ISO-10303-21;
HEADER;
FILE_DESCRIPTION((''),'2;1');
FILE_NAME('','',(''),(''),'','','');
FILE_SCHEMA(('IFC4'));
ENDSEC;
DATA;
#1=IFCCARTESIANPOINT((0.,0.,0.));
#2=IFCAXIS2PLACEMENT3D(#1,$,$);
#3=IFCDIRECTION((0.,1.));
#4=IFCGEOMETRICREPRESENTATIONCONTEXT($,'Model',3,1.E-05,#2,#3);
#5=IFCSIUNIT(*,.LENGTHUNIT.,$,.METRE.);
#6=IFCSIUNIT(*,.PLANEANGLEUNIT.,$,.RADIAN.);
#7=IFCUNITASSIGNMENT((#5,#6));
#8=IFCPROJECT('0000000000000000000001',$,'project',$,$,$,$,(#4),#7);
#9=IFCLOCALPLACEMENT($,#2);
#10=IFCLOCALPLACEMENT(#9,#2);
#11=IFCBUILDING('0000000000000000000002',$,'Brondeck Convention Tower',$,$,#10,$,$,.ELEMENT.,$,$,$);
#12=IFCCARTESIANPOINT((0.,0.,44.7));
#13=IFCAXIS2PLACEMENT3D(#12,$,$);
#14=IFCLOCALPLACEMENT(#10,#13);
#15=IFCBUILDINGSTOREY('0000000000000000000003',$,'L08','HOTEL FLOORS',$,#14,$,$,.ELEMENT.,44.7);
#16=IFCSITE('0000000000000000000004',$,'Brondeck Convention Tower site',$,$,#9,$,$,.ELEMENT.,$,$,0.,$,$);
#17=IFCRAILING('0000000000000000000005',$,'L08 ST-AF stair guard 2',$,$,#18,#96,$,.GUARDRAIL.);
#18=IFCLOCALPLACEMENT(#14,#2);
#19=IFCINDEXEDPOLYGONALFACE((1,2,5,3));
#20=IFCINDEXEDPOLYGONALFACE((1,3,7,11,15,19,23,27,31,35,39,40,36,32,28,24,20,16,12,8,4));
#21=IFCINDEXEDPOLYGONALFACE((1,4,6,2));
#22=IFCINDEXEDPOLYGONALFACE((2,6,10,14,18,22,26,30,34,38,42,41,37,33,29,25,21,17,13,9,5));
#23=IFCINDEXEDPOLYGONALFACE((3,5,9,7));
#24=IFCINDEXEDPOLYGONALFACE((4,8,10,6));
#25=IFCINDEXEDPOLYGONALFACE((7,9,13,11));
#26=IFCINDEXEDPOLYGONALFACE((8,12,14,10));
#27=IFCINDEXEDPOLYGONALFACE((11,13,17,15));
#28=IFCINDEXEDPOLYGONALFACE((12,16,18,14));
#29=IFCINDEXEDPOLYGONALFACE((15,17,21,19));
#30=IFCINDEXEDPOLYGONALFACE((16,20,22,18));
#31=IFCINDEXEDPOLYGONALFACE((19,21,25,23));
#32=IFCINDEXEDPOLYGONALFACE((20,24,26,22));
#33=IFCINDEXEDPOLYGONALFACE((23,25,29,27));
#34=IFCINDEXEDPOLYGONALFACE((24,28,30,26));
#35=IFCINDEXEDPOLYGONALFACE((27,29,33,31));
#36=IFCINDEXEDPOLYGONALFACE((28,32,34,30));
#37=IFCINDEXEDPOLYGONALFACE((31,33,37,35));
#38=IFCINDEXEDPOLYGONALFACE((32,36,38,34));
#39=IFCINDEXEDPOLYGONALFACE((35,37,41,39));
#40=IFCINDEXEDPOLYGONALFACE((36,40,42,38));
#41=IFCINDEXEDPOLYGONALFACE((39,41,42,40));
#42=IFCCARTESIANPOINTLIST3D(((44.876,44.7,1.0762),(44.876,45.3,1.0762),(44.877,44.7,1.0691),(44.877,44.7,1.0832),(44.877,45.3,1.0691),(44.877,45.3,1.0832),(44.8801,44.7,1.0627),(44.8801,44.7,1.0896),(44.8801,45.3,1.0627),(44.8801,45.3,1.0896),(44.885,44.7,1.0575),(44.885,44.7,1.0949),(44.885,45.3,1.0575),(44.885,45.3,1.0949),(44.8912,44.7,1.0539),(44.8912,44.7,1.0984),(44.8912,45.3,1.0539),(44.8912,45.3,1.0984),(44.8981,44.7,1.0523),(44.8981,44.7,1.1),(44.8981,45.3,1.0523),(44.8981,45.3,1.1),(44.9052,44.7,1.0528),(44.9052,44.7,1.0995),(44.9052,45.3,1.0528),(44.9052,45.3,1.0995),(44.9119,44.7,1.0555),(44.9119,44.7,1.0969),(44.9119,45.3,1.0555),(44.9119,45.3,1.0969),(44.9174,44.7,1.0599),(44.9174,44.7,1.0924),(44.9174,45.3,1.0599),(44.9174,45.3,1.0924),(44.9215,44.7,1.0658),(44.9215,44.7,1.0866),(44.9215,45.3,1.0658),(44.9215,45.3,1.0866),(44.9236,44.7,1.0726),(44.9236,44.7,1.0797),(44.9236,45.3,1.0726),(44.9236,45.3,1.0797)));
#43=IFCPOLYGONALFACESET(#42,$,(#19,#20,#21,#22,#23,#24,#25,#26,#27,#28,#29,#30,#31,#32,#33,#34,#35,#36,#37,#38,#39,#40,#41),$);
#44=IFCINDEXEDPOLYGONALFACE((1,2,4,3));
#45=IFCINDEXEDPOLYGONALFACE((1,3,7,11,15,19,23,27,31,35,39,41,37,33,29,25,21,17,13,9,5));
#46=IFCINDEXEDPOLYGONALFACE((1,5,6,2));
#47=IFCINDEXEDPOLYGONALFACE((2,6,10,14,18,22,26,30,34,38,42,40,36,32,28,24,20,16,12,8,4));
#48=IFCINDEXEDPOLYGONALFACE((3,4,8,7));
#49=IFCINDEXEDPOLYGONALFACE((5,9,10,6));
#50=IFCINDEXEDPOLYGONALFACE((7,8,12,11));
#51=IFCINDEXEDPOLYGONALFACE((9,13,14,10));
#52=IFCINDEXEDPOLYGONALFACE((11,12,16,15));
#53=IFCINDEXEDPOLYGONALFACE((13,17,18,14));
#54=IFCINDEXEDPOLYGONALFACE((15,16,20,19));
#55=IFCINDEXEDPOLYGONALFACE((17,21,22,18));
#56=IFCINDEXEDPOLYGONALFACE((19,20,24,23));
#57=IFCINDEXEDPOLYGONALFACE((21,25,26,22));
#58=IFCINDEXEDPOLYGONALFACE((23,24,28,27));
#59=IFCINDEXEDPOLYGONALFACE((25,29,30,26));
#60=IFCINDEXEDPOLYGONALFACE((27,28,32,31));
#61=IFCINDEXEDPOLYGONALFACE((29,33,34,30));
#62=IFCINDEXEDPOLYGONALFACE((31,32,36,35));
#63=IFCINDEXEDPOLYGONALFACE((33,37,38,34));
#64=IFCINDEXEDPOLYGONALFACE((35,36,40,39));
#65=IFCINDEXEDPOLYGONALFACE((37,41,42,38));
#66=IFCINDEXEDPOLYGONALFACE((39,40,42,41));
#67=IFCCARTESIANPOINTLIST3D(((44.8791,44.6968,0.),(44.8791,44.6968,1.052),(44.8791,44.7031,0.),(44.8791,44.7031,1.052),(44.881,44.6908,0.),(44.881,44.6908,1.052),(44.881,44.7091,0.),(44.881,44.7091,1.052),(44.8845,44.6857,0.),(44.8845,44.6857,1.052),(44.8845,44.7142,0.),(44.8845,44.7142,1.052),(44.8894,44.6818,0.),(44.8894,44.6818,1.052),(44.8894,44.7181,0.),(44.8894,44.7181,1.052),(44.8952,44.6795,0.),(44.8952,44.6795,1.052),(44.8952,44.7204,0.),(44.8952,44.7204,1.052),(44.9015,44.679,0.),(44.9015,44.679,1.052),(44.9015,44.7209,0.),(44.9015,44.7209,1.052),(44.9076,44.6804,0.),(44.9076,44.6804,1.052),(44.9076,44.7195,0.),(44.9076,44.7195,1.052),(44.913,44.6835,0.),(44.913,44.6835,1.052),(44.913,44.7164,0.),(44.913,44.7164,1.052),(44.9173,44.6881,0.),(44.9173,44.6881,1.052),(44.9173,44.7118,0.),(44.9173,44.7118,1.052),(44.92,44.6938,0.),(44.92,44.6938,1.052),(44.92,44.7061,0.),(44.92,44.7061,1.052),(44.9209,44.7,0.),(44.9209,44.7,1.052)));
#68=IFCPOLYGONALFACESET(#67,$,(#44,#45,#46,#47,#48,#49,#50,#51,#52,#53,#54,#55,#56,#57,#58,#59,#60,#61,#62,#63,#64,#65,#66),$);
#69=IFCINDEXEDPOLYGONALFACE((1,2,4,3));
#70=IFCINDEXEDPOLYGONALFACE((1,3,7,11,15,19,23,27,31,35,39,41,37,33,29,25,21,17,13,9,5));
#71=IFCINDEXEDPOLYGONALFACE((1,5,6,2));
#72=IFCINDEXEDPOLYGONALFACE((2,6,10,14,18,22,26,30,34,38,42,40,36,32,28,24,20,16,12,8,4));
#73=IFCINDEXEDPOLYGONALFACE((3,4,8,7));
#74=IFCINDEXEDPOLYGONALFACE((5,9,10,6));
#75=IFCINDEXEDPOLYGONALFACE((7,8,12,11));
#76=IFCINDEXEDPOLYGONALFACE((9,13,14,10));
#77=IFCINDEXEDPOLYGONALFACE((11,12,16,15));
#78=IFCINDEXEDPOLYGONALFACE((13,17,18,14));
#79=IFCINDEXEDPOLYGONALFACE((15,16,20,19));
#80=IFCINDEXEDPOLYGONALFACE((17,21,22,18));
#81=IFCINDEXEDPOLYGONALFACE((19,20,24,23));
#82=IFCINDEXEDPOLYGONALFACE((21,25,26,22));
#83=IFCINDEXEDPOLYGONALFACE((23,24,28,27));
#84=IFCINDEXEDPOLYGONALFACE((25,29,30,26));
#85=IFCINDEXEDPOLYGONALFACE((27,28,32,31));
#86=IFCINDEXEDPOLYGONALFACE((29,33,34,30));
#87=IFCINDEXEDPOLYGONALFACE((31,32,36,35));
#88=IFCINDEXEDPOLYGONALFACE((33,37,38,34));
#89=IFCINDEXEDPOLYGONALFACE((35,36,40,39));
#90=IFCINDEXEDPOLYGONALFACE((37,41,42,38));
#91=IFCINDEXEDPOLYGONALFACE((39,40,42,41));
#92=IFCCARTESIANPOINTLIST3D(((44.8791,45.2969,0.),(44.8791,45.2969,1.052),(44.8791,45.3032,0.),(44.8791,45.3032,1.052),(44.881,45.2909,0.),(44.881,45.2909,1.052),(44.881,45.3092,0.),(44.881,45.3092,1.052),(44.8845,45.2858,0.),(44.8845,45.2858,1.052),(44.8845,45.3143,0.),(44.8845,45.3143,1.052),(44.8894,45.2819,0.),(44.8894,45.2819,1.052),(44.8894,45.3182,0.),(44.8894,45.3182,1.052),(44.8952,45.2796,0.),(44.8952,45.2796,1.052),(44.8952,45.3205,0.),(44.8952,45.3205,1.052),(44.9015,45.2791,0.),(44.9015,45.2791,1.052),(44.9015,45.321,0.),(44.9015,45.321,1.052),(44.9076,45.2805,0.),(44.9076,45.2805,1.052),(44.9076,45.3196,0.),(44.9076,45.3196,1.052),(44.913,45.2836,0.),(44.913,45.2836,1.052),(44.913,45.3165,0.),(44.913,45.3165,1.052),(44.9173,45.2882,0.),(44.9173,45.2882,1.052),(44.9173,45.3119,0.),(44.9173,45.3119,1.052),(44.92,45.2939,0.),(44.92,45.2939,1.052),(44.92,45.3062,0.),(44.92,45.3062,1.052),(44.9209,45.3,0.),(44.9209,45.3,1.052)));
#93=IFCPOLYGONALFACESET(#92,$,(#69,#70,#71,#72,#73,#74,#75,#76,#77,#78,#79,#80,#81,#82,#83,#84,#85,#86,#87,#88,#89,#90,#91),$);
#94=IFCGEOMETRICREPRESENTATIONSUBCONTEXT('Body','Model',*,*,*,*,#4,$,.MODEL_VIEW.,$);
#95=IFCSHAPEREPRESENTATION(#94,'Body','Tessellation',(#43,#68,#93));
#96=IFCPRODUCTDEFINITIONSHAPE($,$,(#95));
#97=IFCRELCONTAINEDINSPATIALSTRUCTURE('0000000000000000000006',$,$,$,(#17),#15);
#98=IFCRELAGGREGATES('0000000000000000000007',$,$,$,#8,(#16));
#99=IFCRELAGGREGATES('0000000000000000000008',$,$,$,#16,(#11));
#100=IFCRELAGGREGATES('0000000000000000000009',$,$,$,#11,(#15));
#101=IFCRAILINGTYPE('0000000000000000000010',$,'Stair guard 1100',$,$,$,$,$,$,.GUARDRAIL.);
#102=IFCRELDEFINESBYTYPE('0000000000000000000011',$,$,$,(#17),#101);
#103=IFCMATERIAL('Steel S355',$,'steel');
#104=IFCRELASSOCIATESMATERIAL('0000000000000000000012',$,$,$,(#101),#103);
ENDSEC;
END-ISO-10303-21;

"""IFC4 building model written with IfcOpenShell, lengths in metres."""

from ifc_helpers import new_model, si_unit, direction, frame, origin, origin_2d, place, context, subcontext, project, spatial, circle, extrude, material, type_object, element, save


model = new_model("IFC4")

# Units and contexts
model_context = context("Model", 3, precision=1e-05, world=origin(), true_north=direction((0.0, 1.0)))
body_context = subcontext(model_context, "Body", "Model", "MODEL_VIEW")
ifc_project = project(units=[si_unit("LENGTHUNIT", "METRE"), si_unit("PLANEANGLEUNIT", "RADIAN")], contexts=[model_context])

# Site, building, storey
site_placement = place(None, origin())
site = spatial("IfcSite", under=ifc_project, at=site_placement, Name="Brondeck Convention Tower site", CompositionType="ELEMENT", RefElevation=0.0)
building_placement = place(site_placement, origin())
building = spatial("IfcBuilding", under=site, at=building_placement, Name="Brondeck Convention Tower", CompositionType="ELEMENT")
storey_placement = place(building_placement, frame((0.0, 0.0, 44.7)))
storey = spatial("IfcBuildingStorey", under=building, at=storey_placement, Name="L08", Description="HOTEL FLOORS", CompositionType="ELEMENT", Elevation=44.7)

# Shared definitions
ifc_material_1 = material(Name="Steel S355", Category="steel")

# Railing
railing_type_1 = type_object("IfcRailingType", Name="Stair guard 1100", PredefinedType="GUARDRAIL", material=ifc_material_1)
railing_1_placement = place(storey_placement, frame((44.8999, 44.7, 0.0)))
element("IfcRailing", 1, at=railing_1_placement, inside=storey, type_object=railing_type_1, Name="L08 ST-AF stair guard 2", PredefinedType="GUARDRAIL", context=body_context, shape_type="SweptSolid", body=[
    extrude(circle(Radius=0.0239, at=origin_2d()), frame((0.0, 0.0, 1.0762), z_axis=(0.0, 1.0, 0.0), x_axis=(-1.0, 0.0, 0.0)), (0.0, 0.0, 1.0), 0.6001),
    extrude(circle(Radius=0.021, at=origin_2d()), origin(), (0.0, 0.0, 1.0), 1.052),
    extrude(circle(Radius=0.021, at=origin_2d()), frame((0.0, 0.6001, 0.0)), (0.0, 0.0, 1.0), 1.052),
])

save(model, "model.ifc")
